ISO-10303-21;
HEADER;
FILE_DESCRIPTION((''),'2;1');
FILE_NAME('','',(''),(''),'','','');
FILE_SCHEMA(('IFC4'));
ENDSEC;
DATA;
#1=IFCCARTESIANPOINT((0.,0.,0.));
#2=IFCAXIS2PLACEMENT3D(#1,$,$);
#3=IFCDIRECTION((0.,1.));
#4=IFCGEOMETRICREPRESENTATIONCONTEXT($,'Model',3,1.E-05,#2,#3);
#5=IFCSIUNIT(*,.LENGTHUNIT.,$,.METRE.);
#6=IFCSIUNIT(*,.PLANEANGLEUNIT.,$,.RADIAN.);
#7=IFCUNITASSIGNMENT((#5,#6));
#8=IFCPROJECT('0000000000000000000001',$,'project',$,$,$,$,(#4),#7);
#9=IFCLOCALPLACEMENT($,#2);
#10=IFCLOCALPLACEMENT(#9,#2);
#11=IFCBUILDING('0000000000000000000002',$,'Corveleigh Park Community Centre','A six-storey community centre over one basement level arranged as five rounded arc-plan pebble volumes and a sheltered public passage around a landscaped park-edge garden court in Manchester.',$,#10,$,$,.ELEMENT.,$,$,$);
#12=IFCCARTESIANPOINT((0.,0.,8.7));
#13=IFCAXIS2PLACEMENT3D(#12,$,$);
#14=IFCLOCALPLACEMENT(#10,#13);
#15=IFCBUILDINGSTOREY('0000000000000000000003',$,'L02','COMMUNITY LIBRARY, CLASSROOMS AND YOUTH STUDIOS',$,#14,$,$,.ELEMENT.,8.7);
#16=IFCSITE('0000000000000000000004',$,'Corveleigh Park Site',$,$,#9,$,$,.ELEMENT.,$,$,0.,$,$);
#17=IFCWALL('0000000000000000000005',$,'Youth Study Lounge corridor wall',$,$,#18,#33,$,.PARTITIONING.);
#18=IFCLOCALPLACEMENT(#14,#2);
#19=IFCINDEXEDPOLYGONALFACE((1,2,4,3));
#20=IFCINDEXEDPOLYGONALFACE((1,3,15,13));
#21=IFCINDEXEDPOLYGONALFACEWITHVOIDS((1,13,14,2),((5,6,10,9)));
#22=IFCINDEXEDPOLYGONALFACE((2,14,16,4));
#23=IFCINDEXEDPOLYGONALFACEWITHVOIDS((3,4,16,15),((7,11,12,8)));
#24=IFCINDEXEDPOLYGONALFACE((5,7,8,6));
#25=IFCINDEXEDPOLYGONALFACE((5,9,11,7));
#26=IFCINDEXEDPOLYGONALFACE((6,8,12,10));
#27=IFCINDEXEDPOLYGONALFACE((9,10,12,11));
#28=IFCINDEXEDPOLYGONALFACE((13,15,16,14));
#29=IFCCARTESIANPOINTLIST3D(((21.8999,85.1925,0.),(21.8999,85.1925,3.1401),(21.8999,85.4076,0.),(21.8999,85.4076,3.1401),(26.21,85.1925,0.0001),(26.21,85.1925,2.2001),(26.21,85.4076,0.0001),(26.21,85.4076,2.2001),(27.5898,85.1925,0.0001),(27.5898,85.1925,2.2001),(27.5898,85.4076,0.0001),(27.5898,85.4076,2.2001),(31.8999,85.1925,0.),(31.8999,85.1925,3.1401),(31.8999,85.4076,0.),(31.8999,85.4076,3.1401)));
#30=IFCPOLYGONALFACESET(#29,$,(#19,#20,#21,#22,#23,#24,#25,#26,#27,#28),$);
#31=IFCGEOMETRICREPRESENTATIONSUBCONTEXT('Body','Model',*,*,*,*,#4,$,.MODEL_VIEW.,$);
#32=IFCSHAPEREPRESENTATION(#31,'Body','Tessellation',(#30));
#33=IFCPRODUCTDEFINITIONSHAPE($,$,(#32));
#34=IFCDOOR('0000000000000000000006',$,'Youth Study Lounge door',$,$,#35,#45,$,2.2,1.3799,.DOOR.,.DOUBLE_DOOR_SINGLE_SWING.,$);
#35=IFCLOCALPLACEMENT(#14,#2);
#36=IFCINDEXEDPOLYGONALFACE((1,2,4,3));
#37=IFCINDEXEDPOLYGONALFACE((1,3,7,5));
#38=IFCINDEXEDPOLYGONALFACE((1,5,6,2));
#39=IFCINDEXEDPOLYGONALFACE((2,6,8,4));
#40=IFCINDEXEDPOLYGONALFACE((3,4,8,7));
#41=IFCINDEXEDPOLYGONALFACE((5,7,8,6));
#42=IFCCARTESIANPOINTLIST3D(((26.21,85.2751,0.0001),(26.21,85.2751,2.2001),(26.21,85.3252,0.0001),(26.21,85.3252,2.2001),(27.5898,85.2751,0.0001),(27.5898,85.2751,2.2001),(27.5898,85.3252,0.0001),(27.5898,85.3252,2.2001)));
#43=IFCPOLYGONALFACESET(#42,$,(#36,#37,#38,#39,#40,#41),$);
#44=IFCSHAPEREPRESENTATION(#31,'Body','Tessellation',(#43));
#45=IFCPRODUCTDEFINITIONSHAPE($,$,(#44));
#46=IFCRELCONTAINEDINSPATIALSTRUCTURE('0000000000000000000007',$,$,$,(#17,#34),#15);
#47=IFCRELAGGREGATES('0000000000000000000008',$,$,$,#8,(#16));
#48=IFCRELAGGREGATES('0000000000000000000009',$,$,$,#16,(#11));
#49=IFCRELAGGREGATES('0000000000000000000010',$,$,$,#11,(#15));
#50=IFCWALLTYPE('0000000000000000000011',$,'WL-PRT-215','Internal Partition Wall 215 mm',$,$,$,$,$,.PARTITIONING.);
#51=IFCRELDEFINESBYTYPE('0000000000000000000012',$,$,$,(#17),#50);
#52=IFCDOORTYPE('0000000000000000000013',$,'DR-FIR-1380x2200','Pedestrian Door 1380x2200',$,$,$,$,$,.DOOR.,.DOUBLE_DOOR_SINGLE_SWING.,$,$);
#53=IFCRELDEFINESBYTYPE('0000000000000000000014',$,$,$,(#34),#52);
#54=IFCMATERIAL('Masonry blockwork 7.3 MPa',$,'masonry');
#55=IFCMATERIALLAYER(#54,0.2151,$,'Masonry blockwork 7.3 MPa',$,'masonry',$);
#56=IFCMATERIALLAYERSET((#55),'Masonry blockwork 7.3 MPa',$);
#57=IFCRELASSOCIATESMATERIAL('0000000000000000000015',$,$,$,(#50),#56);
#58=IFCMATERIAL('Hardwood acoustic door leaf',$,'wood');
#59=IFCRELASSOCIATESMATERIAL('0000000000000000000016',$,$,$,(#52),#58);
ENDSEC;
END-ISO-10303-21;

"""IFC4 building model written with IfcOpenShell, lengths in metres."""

from ifc_helpers import new_model, si_unit, direction, frame, frame_2d, origin, place, context, subcontext, project, spatial, rectangle, extrude, material, layer, layer_set, type_object, element, fill, save


model = new_model("IFC4")

# Units and contexts
model_context = context("Model", 3, precision=1e-05, world=origin(), true_north=direction((0.0, 1.0)))
body_context = subcontext(model_context, "Body", "Model", "MODEL_VIEW")
ifc_project = project(units=[si_unit("LENGTHUNIT", "METRE"), si_unit("PLANEANGLEUNIT", "RADIAN")], contexts=[model_context])

# Site, building, storey
site_placement = place(None, origin())
site = spatial("IfcSite", under=ifc_project, at=site_placement, Name="Corveleigh Park Site", CompositionType="ELEMENT", RefElevation=0.0)
building_placement = place(site_placement, origin())
building = spatial("IfcBuilding", under=site, at=building_placement, Name="Corveleigh Park Community Centre", Description="A six-storey community centre over one basement level arranged as five rounded arc-plan pebble volumes and a sheltered public passage around a landscaped park-edge garden court in Manchester.", CompositionType="ELEMENT")
storey_placement = place(building_placement, frame((0.0, 0.0, 8.7)))
storey = spatial("IfcBuildingStorey", under=building, at=storey_placement, Name="L02", Description="COMMUNITY LIBRARY, CLASSROOMS AND YOUTH STUDIOS", CompositionType="ELEMENT", Elevation=8.7)

# Wall, opening, door
ifc_material_1 = material(Name="Hardwood acoustic door leaf", Category="wood")
ifc_material_2 = material(Name="Masonry blockwork 7.3 MPa", Category="masonry")
ifc_layer_1 = layer(ifc_material_2, 0.2151, Name="Masonry blockwork 7.3 MPa", Category="masonry")
ifc_layer_set_1 = layer_set([ifc_layer_1], Name="Masonry blockwork 7.3 MPa")
wall_type_1 = type_object("IfcWallType", Name="WL-PRT-215", Description="Internal Partition Wall 215 mm", PredefinedType="PARTITIONING", material=ifc_layer_set_1)
wall_1_placement = place(storey_placement, frame((31.8999, 85.3, 0.0), z_axis=(0.0, 0.0, 1.0), x_axis=(-1.0, 0.0, 0.0)))
wall_1 = element("IfcWall", 1, at=wall_1_placement, inside=storey, type_object=wall_type_1, Name="Youth Study Lounge corridor wall", PredefinedType="PARTITIONING", context=body_context, shape_type="SweptSolid", body=[
    extrude(rectangle(XDim=10.0, YDim=0.2151, at=frame_2d((5.0, 0.0))), origin(), (0.0, 0.0, 1.0), 3.1401),
])
opening_1_placement = place(wall_1_placement, frame((4.3101, 0.0, 0.0)))
opening_1 = element("IfcOpeningElement", 2, at=opening_1_placement, cuts=wall_1, PredefinedType="OPENING", context=body_context, shape_type="SweptSolid", body=[
    extrude(rectangle(XDim=1.3799, YDim=2.2, at=frame_2d((0.6899, 1.1001))), frame((0.0, 0.1174, 0.0), z_axis=(0.0, -1.0, 0.0), x_axis=(1.0, 0.0, 0.0)), (0.0, 0.0, 1.0), 0.2351),
])
door_type_1 = type_object("IfcDoorType", Name="DR-FIR-1380x2200", Description="Pedestrian Door 1380x2200", OperationType="DOUBLE_DOOR_SINGLE_SWING", PredefinedType="DOOR", material=ifc_material_1)
door_1_placement = place(opening_1_placement, origin())
door_1 = element("IfcDoor", 3, at=door_1_placement, inside=storey, type_object=door_type_1, Name="Youth Study Lounge door", OperationType="DOUBLE_DOOR_SINGLE_SWING", OverallHeight=2.2, OverallWidth=1.3799, PredefinedType="DOOR", context=body_context, shape_type="SweptSolid", body=[
    extrude(rectangle(XDim=1.3799, YDim=2.2, at=frame_2d((0.6899, 1.1001))), frame((0.0, 0.0249, 0.0), z_axis=(0.0, -1.0, 0.0), x_axis=(1.0, 0.0, 0.0)), (0.0, 0.0, 1.0), 0.05),
])
fill(opening_1, door_1)

save(model, "model.ifc")
